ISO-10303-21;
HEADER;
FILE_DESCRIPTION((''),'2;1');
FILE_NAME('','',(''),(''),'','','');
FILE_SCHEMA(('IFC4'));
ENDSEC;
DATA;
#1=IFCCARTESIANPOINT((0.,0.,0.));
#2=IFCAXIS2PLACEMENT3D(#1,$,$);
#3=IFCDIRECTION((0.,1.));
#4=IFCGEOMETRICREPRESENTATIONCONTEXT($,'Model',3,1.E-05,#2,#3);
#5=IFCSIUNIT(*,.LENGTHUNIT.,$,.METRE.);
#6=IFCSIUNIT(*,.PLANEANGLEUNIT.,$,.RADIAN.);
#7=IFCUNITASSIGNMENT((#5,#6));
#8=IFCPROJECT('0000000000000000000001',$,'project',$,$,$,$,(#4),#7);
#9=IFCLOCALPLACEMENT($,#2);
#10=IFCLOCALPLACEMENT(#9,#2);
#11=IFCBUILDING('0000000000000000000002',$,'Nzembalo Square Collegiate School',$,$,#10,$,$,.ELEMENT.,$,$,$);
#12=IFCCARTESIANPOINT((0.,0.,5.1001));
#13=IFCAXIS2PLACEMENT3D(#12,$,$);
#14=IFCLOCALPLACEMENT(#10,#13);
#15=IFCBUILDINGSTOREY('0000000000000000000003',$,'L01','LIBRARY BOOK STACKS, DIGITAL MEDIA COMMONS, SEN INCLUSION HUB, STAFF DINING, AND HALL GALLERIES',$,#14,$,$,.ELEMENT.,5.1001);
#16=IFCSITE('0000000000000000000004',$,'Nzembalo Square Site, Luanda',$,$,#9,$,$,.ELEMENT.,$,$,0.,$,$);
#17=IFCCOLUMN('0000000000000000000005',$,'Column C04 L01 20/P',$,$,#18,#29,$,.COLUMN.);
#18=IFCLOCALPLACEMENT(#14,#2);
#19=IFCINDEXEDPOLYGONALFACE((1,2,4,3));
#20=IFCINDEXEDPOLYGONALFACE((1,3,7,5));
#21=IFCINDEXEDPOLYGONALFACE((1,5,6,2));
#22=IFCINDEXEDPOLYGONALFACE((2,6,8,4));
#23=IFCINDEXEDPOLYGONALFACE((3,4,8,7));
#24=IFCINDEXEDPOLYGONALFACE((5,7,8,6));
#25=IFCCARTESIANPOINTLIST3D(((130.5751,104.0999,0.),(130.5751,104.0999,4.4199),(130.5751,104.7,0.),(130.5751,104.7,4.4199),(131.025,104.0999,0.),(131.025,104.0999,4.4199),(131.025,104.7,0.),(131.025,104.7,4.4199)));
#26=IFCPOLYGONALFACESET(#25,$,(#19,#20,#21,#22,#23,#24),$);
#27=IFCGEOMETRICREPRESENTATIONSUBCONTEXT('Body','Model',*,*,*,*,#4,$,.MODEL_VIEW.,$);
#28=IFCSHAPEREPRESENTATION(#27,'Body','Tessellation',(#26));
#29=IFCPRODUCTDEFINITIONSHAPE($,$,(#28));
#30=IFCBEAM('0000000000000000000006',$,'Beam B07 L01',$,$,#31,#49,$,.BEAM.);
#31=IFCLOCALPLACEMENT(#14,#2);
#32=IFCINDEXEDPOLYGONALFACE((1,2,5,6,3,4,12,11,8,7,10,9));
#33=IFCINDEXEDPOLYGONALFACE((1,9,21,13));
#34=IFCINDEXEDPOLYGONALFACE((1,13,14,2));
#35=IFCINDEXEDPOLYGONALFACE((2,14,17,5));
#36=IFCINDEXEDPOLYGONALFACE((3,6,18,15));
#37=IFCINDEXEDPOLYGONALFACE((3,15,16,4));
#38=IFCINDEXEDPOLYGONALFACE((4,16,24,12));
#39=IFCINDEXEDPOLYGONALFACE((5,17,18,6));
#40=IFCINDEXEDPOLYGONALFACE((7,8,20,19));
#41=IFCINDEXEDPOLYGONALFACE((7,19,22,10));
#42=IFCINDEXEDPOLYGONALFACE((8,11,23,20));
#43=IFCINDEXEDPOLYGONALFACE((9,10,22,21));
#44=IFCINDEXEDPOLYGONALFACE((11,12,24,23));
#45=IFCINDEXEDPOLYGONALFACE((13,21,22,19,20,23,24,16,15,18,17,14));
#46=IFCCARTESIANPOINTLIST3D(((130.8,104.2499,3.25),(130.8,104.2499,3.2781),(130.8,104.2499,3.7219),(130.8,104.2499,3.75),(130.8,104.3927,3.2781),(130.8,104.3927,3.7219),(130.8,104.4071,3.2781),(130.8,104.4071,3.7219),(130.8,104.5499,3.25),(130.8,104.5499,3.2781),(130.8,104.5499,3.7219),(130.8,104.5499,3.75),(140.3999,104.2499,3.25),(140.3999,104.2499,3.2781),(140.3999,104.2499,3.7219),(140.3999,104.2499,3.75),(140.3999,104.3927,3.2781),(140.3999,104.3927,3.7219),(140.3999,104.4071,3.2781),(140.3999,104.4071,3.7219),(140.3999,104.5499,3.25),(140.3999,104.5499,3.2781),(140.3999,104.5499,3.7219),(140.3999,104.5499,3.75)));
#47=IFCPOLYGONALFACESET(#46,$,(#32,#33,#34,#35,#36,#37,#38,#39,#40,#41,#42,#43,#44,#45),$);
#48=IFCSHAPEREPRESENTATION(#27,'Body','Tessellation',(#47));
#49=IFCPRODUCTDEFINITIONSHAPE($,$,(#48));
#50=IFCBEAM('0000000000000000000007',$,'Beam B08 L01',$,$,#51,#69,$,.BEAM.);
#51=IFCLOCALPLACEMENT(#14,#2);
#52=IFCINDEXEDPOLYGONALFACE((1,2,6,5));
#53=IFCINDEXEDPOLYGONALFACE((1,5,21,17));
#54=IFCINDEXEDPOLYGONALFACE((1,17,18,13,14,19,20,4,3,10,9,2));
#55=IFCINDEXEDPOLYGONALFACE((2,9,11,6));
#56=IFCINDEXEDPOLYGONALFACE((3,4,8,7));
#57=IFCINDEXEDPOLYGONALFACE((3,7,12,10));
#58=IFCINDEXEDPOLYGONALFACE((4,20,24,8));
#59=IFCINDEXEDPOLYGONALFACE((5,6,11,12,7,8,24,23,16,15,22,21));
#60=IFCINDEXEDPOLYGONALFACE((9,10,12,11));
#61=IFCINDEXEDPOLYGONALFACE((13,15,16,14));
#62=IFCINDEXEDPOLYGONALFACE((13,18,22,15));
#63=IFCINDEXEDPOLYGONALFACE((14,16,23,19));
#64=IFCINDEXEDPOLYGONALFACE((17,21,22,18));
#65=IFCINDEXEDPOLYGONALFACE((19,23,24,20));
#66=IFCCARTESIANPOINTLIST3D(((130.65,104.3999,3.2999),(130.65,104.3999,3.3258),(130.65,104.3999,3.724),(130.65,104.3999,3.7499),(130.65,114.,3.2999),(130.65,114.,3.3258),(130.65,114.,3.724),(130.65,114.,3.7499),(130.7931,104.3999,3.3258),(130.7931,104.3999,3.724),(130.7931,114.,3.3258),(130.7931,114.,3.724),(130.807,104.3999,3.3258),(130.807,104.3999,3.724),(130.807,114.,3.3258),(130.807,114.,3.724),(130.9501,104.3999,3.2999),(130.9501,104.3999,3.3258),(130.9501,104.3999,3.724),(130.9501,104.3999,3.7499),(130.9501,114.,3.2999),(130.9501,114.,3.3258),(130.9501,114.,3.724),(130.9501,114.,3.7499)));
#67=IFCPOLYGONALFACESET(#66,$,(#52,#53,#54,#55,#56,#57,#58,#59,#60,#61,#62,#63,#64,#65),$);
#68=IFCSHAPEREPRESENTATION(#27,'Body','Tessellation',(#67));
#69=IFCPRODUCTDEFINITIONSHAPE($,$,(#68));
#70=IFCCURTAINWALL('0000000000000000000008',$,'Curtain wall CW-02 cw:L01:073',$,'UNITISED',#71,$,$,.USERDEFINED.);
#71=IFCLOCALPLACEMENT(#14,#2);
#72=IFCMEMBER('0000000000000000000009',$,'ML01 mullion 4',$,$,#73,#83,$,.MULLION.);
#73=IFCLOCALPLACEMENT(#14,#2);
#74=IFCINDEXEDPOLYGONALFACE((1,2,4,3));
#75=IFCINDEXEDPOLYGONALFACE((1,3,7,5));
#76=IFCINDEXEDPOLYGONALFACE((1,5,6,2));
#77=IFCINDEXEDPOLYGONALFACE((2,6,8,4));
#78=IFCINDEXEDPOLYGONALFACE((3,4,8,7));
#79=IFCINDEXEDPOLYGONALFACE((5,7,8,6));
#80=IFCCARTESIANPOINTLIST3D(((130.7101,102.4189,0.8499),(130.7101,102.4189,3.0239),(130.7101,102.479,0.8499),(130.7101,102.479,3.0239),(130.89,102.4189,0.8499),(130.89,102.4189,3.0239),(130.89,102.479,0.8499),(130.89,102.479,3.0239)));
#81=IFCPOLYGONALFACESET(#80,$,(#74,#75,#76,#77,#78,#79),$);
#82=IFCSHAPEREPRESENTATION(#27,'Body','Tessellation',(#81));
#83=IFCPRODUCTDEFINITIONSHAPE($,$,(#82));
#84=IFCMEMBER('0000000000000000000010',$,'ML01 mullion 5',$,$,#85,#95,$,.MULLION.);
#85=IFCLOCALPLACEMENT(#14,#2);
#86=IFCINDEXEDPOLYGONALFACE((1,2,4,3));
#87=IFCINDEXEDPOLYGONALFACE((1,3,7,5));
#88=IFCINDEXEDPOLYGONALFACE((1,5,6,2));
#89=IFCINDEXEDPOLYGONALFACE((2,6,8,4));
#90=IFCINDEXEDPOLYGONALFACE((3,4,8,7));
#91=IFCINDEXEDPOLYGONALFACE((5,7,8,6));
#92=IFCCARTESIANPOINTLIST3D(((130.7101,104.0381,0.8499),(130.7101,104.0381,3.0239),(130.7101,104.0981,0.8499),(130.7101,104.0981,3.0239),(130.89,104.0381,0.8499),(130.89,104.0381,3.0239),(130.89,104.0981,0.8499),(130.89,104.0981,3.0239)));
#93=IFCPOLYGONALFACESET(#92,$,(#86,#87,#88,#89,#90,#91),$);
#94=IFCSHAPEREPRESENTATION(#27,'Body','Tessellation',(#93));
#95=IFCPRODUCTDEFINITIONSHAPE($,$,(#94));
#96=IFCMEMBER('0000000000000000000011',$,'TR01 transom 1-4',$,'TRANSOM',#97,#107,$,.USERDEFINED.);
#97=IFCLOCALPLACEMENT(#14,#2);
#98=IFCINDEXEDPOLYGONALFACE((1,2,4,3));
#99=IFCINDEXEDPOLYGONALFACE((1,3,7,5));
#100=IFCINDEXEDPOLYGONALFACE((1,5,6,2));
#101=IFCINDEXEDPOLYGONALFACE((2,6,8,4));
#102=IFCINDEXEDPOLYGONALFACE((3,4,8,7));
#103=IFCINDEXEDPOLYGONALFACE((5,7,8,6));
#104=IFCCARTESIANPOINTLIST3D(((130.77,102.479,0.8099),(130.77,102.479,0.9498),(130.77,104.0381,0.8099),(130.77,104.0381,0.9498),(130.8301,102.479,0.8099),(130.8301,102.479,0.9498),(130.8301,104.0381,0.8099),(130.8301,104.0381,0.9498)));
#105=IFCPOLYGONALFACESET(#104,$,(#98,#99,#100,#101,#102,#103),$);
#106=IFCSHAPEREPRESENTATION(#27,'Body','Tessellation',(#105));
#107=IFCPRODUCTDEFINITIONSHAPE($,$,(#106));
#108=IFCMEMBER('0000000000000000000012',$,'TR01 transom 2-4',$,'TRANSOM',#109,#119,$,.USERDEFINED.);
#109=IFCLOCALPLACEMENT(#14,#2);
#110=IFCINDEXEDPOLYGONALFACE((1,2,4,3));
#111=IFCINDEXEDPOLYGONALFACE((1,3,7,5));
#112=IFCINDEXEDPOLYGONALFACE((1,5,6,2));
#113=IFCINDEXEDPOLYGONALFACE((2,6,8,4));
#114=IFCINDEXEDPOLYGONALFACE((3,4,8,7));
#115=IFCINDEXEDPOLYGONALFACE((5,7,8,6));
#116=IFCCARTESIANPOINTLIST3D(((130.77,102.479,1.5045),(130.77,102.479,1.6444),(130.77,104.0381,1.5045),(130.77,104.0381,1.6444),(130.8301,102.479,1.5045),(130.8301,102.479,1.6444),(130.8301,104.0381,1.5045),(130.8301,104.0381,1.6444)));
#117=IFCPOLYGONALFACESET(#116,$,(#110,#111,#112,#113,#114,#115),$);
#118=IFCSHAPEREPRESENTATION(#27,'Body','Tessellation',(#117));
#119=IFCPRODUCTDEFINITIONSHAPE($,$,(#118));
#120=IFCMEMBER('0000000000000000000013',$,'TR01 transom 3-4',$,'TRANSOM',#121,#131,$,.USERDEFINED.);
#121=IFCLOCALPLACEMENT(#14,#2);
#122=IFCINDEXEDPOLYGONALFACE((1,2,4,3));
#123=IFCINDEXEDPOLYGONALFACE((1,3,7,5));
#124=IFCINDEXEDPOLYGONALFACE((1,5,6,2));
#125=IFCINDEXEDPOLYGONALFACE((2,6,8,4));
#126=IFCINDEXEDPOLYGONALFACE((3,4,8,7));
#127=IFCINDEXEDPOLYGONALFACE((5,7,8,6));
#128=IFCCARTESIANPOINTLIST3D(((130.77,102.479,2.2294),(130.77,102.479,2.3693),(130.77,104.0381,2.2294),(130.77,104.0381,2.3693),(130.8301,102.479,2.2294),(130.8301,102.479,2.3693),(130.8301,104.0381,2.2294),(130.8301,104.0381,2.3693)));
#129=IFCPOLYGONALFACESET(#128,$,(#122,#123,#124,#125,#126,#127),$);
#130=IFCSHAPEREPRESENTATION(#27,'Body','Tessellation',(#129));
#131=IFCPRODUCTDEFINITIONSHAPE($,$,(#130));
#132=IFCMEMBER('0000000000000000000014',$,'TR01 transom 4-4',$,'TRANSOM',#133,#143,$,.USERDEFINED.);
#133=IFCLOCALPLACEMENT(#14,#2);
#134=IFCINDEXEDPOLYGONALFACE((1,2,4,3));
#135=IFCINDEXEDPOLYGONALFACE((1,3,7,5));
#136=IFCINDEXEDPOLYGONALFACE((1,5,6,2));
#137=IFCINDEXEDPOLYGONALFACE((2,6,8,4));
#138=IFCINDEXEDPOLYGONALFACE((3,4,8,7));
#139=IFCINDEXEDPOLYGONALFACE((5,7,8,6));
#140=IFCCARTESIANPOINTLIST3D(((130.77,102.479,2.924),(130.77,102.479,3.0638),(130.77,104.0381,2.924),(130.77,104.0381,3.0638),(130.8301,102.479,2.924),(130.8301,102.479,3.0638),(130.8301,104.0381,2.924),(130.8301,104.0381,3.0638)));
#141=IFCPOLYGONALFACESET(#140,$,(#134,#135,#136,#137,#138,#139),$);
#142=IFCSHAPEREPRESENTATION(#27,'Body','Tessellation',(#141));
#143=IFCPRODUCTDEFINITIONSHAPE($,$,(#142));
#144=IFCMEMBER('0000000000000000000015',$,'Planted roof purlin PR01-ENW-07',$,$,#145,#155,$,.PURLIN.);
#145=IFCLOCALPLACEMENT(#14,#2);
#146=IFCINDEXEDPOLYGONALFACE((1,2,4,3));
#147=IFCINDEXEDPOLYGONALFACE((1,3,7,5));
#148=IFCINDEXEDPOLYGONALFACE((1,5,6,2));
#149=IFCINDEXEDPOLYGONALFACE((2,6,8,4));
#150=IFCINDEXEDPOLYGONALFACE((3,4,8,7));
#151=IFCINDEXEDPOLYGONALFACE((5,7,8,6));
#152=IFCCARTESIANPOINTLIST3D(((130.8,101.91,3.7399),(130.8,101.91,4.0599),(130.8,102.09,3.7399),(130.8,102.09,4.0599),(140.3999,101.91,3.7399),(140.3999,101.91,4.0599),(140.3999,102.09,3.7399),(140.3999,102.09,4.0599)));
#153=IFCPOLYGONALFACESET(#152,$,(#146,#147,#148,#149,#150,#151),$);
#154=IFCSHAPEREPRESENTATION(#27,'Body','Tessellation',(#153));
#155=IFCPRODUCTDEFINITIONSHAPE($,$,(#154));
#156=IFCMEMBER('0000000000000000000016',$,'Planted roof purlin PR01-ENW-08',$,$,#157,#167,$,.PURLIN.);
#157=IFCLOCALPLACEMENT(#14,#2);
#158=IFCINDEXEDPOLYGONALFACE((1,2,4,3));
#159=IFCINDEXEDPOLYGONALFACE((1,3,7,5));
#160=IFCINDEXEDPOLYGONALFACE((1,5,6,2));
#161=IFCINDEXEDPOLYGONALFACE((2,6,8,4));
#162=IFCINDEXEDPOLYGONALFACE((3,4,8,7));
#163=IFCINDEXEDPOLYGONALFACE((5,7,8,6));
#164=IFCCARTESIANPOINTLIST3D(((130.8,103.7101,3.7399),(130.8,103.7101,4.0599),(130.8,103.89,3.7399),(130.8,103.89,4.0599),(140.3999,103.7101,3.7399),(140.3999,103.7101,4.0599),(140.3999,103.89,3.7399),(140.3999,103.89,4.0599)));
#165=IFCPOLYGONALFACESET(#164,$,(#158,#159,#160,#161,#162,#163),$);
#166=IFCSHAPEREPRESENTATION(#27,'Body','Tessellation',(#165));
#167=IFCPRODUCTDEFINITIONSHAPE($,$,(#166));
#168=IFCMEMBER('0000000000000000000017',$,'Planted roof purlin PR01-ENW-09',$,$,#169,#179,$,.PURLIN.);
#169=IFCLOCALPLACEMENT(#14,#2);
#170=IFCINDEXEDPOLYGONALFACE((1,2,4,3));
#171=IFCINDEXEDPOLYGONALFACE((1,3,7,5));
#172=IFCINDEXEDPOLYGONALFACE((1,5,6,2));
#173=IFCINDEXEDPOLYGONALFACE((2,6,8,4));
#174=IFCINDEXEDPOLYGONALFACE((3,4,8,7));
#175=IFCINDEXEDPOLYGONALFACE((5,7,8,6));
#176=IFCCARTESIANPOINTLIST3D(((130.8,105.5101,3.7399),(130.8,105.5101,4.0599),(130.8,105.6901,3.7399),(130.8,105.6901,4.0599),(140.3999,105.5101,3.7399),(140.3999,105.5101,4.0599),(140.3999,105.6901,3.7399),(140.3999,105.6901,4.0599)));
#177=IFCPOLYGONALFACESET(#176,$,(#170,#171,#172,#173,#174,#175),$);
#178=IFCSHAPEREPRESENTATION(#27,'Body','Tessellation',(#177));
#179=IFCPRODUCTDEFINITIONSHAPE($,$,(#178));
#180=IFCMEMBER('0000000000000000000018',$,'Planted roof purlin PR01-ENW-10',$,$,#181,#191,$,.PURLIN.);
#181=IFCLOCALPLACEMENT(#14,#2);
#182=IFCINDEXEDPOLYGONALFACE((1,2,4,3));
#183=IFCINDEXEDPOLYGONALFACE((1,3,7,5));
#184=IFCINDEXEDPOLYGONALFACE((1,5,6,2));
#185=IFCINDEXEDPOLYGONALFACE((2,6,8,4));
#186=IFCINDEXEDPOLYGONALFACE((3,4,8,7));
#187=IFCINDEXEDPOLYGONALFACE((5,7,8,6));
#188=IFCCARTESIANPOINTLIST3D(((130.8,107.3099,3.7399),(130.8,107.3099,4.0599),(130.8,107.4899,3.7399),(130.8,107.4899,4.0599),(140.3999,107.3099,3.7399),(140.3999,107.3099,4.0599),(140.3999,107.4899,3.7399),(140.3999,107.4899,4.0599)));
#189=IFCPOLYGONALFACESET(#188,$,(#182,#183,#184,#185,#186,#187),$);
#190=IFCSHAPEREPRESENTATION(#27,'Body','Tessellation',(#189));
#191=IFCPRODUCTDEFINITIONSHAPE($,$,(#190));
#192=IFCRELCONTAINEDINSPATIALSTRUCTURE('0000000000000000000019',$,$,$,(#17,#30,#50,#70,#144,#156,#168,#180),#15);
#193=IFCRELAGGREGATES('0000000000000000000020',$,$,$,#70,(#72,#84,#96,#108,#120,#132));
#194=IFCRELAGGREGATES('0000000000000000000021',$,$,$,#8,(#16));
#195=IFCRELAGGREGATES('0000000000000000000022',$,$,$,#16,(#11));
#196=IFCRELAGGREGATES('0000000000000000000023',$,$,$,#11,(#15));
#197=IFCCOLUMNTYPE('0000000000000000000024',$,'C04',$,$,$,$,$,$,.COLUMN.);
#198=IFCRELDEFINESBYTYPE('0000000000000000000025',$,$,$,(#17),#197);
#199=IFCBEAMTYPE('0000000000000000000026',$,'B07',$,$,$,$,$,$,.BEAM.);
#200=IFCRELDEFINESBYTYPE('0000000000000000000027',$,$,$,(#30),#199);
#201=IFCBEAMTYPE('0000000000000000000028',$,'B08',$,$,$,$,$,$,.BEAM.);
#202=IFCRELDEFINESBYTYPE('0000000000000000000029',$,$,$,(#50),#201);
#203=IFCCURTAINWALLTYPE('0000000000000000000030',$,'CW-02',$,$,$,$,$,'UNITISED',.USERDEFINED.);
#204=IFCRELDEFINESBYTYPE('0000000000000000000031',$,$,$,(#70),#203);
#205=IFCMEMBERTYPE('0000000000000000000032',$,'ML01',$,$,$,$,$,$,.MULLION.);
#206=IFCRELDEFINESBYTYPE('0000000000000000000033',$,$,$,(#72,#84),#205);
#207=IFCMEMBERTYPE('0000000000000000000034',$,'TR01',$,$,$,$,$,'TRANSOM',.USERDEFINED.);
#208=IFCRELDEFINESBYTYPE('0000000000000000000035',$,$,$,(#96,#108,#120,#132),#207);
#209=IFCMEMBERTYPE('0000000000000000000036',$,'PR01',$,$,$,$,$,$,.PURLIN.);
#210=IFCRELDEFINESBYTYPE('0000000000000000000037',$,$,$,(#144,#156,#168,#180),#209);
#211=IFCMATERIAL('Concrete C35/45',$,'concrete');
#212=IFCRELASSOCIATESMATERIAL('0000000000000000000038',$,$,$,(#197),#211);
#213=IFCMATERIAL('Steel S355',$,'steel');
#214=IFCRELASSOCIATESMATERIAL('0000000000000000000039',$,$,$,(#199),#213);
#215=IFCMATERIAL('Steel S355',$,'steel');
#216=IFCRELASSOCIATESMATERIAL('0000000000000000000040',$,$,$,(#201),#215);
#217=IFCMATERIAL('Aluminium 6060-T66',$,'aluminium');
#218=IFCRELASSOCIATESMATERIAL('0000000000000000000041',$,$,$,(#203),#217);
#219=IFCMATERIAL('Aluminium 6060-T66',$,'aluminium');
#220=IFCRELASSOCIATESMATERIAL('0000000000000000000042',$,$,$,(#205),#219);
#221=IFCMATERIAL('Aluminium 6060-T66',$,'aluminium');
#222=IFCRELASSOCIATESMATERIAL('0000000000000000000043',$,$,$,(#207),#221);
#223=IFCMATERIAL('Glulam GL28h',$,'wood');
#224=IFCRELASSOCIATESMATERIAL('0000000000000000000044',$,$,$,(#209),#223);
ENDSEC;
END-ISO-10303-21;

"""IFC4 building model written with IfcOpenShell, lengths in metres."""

from ifc_helpers import new_model, si_unit, direction, frame, origin, origin_2d, place, context, subcontext, project, spatial, rectangle, i_section, extrude, material, material_profile, profile_set, type_object, element, aggregate, save


model = new_model("IFC4")

# Units and contexts
model_context = context("Model", 3, precision=1e-05, world=origin(), true_north=direction((0.0, 1.0)))
body_context = subcontext(model_context, "Body", "Model", "MODEL_VIEW")
ifc_project = project(units=[si_unit("LENGTHUNIT", "METRE"), si_unit("PLANEANGLEUNIT", "RADIAN")], contexts=[model_context])

# Site, building, storey
site_placement = place(None, origin())
site = spatial("IfcSite", under=ifc_project, at=site_placement, Name="Nzembalo Square Site, Luanda", CompositionType="ELEMENT", RefElevation=0.0)
building_placement = place(site_placement, origin())
building = spatial("IfcBuilding", under=site, at=building_placement, Name="Nzembalo Square Collegiate School", CompositionType="ELEMENT")
storey_placement = place(building_placement, frame((0.0, 0.0, 5.1001)))
storey = spatial("IfcBuildingStorey", under=building, at=storey_placement, Name="L01", Description="LIBRARY BOOK STACKS, DIGITAL MEDIA COMMONS, SEN INCLUSION HUB, STAFF DINING, AND HALL GALLERIES", CompositionType="ELEMENT", Elevation=5.1001)

# Column
ifc_material_1 = material(Name="Concrete C35/45", Category="concrete")
ifc_material_profile_1 = material_profile(ifc_material_1, rectangle(XDim=0.45, YDim=0.6001, at=origin_2d()), Name="RC 450x600")
ifc_profile_set_1 = profile_set([ifc_material_profile_1], Name="Concrete C35/45")
column_type = type_object("IfcColumnType", Name="C04", PredefinedType="COLUMN", material=ifc_profile_set_1)
column_placement = place(storey_placement, frame((130.8, 104.3999, 0.0), z_axis=(0.0, 0.0, 1.0), x_axis=(1.0, 0.0, 0.0)))
element("IfcColumn", 1, at=column_placement, inside=storey, type_object=column_type, Name="Column C04 L01 20/P", PredefinedType="COLUMN", context=body_context, shape_type="SweptSolid", body=[
    extrude(rectangle(XDim=0.45, YDim=0.6001, at=origin_2d()), origin(), (0.0, 0.0, 1.0), 4.4199),
])

# Beams
ifc_material_2 = material(Name="Steel S355", Category="steel")
ifc_material_profile_2 = material_profile(ifc_material_2, i_section(OverallWidth=0.3, OverallDepth=0.5, WebThickness=0.0144, FlangeThickness=0.0281, at=origin_2d()), Name="HEB 500")
ifc_profile_set_2 = profile_set([ifc_material_profile_2], Name="Steel S355")
beam_type_1 = type_object("IfcBeamType", Name="B07", PredefinedType="BEAM", material=ifc_profile_set_2)
beam_1_placement = place(storey_placement, frame((130.8, 104.3999, 3.5), z_axis=(1.0, 0.0, 0.0), x_axis=(0.0, 1.0, 0.0)))
element("IfcBeam", 2, at=beam_1_placement, inside=storey, type_object=beam_type_1, Name="Beam B07 L01", PredefinedType="BEAM", context=body_context, shape_type="SweptSolid", body=[
    extrude(i_section(OverallWidth=0.3, OverallDepth=0.5, WebThickness=0.0144, FlangeThickness=0.0281, at=origin_2d()), origin(), (0.0, 0.0, 1.0), 9.5999),
])
ifc_material_3 = material(Name="Steel S355", Category="steel")
ifc_material_profile_3 = material_profile(ifc_material_3, i_section(OverallWidth=0.3, OverallDepth=0.45, WebThickness=0.0139, FlangeThickness=0.0259, at=origin_2d()), Name="HEB 450")
ifc_profile_set_3 = profile_set([ifc_material_profile_3], Name="Steel S355")
beam_type_2 = type_object("IfcBeamType", Name="B08", PredefinedType="BEAM", material=ifc_profile_set_3)
beam_2_placement = place(storey_placement, frame((130.8, 104.3999, 3.5249), z_axis=(0.0, 1.0, 0.0), x_axis=(-1.0, 0.0, 0.0)))
element("IfcBeam", 3, at=beam_2_placement, inside=storey, type_object=beam_type_2, Name="Beam B08 L01", PredefinedType="BEAM", context=body_context, shape_type="SweptSolid", body=[
    extrude(i_section(OverallWidth=0.3, OverallDepth=0.45, WebThickness=0.0139, FlangeThickness=0.0259, at=origin_2d()), origin(), (0.0, 0.0, 1.0), 9.6001),
])

# Curtain wall, members
ifc_material_4 = material(Name="Aluminium 6060-T66", Category="aluminium")
curtain_wall_type = type_object("IfcCurtainWallType", Name="CW-02", ElementType="UNITISED", PredefinedType="USERDEFINED", material=ifc_material_4)
curtain_wall_placement = place(storey_placement, origin())
curtain_wall = element("IfcCurtainWall", 4, at=curtain_wall_placement, inside=storey, type_object=curtain_wall_type, Name="Curtain wall CW-02 cw:L01:073", ObjectType="UNITISED", PredefinedType="USERDEFINED")
ifc_material_5 = material(Name="Aluminium 6060-T66", Category="aluminium")
ifc_material_profile_4 = material_profile(ifc_material_5, rectangle(XDim=0.0601, YDim=0.1799, at=origin_2d()), Name="ALU M60x180")
ifc_profile_set_4 = profile_set([ifc_material_profile_4], Name="Aluminium 6060-T66")
member_type_1 = type_object("IfcMemberType", Name="ML01", PredefinedType="MULLION", material=ifc_profile_set_4)
member_1_placement = place(storey_placement, frame((130.8, 102.449, 0.8499), z_axis=(0.0, 0.0, 1.0), x_axis=(0.0, 1.0, 0.0)))
member_1 = element("IfcMember", 5, at=member_1_placement, type_object=member_type_1, Name="ML01 mullion 4", PredefinedType="MULLION", context=body_context, shape_type="SweptSolid", body=[
    extrude(rectangle(XDim=0.0601, YDim=0.1799, at=origin_2d()), origin(), (0.0, 0.0, 1.0), 2.1741),
])
member_2_placement = place(storey_placement, frame((130.8, 104.0681, 0.8499), z_axis=(0.0, 0.0, 1.0), x_axis=(0.0, 1.0, 0.0)))
member_2 = element("IfcMember", 6, at=member_2_placement, type_object=member_type_1, Name="ML01 mullion 5", PredefinedType="MULLION", context=body_context, shape_type="SweptSolid", body=[
    extrude(rectangle(XDim=0.0601, YDim=0.1799, at=origin_2d()), origin(), (0.0, 0.0, 1.0), 2.1741),
])
ifc_material_6 = material(Name="Aluminium 6060-T66", Category="aluminium")
ifc_material_profile_5 = material_profile(ifc_material_6, rectangle(XDim=0.0601, YDim=0.1399, at=origin_2d()), Name="ALU T60x140")
ifc_profile_set_5 = profile_set([ifc_material_profile_5], Name="Aluminium 6060-T66")
member_type_2 = type_object("IfcMemberType", Name="TR01", ElementType="TRANSOM", PredefinedType="USERDEFINED", material=ifc_profile_set_5)
member_3_placement = place(storey_placement, frame((130.8, 102.479, 0.8799), z_axis=(0.0, 1.0, 0.0), x_axis=(-1.0, 0.0, 0.0)))
member_3 = element("IfcMember", 7, at=member_3_placement, type_object=member_type_2, Name="TR01 transom 1-4", ObjectType="TRANSOM", PredefinedType="USERDEFINED", context=body_context, shape_type="SweptSolid", body=[
    extrude(rectangle(XDim=0.0601, YDim=0.1399, at=origin_2d()), origin(), (0.0, 0.0, 1.0), 1.5591),
])
member_4_placement = place(storey_placement, frame((130.8, 102.479, 1.5745), z_axis=(0.0, 1.0, 0.0), x_axis=(-1.0, 0.0, 0.0)))
member_4 = element("IfcMember", 8, at=member_4_placement, type_object=member_type_2, Name="TR01 transom 2-4", ObjectType="TRANSOM", PredefinedType="USERDEFINED", context=body_context, shape_type="SweptSolid", body=[
    extrude(rectangle(XDim=0.0601, YDim=0.1399, at=origin_2d()), origin(), (0.0, 0.0, 1.0), 1.5591),
])
member_5_placement = place(storey_placement, frame((130.8, 102.479, 2.2993), z_axis=(0.0, 1.0, 0.0), x_axis=(-1.0, 0.0, 0.0)))
member_5 = element("IfcMember", 9, at=member_5_placement, type_object=member_type_2, Name="TR01 transom 3-4", ObjectType="TRANSOM", PredefinedType="USERDEFINED", context=body_context, shape_type="SweptSolid", body=[
    extrude(rectangle(XDim=0.0601, YDim=0.1399, at=origin_2d()), origin(), (0.0, 0.0, 1.0), 1.5591),
])
member_6_placement = place(storey_placement, frame((130.8, 102.479, 2.9939), z_axis=(0.0, 1.0, 0.0), x_axis=(-1.0, 0.0, 0.0)))
member_6 = element("IfcMember", 10, at=member_6_placement, type_object=member_type_2, Name="TR01 transom 4-4", ObjectType="TRANSOM", PredefinedType="USERDEFINED", context=body_context, shape_type="SweptSolid", body=[
    extrude(rectangle(XDim=0.0601, YDim=0.1399, at=origin_2d()), origin(), (0.0, 0.0, 1.0), 1.5591),
])

# Members
ifc_material_7 = material(Name="Glulam GL28h", Category="wood")
ifc_material_profile_6 = material_profile(ifc_material_7, rectangle(XDim=0.1799, YDim=0.3201, at=origin_2d()), Name="GL28h 180x320")
ifc_profile_set_6 = profile_set([ifc_material_profile_6], Name="Glulam GL28h")
member_type_3 = type_object("IfcMemberType", Name="PR01", PredefinedType="PURLIN", material=ifc_profile_set_6)
for number, where, z_axis, x_axis, name in (
    (11, (130.8, 102.0, 3.8999), (1.0, 0.0, 0.0), (0.0, 1.0, 0.0), "Planted roof purlin PR01-ENW-07"),
    (12, (130.8, 103.8, 3.8999), (1.0, 0.0, 0.0), (0.0, 1.0, 0.0), "Planted roof purlin PR01-ENW-08"),
    (13, (130.8, 105.6001, 3.8999), (1.0, 0.0, 0.0), (0.0, 1.0, 0.0), "Planted roof purlin PR01-ENW-09"),
    (14, (130.8, 107.3999, 3.8999), (1.0, 0.0, 0.0), (0.0, 1.0, 0.0), "Planted roof purlin PR01-ENW-10"),
):
    element("IfcMember", number, at=place(storey_placement, frame(where, z_axis=z_axis, x_axis=x_axis)), inside=storey, type_object=member_type_3, Name=name, PredefinedType="PURLIN", context=body_context, shape_type="SweptSolid", body=[
        extrude(rectangle(XDim=0.1799, YDim=0.3201, at=origin_2d()), origin(), (0.0, 0.0, 1.0), 9.5999),
    ])

aggregate(curtain_wall, [member_1, member_2, member_3, member_4, member_5, member_6])

save(model, "model.ifc")
